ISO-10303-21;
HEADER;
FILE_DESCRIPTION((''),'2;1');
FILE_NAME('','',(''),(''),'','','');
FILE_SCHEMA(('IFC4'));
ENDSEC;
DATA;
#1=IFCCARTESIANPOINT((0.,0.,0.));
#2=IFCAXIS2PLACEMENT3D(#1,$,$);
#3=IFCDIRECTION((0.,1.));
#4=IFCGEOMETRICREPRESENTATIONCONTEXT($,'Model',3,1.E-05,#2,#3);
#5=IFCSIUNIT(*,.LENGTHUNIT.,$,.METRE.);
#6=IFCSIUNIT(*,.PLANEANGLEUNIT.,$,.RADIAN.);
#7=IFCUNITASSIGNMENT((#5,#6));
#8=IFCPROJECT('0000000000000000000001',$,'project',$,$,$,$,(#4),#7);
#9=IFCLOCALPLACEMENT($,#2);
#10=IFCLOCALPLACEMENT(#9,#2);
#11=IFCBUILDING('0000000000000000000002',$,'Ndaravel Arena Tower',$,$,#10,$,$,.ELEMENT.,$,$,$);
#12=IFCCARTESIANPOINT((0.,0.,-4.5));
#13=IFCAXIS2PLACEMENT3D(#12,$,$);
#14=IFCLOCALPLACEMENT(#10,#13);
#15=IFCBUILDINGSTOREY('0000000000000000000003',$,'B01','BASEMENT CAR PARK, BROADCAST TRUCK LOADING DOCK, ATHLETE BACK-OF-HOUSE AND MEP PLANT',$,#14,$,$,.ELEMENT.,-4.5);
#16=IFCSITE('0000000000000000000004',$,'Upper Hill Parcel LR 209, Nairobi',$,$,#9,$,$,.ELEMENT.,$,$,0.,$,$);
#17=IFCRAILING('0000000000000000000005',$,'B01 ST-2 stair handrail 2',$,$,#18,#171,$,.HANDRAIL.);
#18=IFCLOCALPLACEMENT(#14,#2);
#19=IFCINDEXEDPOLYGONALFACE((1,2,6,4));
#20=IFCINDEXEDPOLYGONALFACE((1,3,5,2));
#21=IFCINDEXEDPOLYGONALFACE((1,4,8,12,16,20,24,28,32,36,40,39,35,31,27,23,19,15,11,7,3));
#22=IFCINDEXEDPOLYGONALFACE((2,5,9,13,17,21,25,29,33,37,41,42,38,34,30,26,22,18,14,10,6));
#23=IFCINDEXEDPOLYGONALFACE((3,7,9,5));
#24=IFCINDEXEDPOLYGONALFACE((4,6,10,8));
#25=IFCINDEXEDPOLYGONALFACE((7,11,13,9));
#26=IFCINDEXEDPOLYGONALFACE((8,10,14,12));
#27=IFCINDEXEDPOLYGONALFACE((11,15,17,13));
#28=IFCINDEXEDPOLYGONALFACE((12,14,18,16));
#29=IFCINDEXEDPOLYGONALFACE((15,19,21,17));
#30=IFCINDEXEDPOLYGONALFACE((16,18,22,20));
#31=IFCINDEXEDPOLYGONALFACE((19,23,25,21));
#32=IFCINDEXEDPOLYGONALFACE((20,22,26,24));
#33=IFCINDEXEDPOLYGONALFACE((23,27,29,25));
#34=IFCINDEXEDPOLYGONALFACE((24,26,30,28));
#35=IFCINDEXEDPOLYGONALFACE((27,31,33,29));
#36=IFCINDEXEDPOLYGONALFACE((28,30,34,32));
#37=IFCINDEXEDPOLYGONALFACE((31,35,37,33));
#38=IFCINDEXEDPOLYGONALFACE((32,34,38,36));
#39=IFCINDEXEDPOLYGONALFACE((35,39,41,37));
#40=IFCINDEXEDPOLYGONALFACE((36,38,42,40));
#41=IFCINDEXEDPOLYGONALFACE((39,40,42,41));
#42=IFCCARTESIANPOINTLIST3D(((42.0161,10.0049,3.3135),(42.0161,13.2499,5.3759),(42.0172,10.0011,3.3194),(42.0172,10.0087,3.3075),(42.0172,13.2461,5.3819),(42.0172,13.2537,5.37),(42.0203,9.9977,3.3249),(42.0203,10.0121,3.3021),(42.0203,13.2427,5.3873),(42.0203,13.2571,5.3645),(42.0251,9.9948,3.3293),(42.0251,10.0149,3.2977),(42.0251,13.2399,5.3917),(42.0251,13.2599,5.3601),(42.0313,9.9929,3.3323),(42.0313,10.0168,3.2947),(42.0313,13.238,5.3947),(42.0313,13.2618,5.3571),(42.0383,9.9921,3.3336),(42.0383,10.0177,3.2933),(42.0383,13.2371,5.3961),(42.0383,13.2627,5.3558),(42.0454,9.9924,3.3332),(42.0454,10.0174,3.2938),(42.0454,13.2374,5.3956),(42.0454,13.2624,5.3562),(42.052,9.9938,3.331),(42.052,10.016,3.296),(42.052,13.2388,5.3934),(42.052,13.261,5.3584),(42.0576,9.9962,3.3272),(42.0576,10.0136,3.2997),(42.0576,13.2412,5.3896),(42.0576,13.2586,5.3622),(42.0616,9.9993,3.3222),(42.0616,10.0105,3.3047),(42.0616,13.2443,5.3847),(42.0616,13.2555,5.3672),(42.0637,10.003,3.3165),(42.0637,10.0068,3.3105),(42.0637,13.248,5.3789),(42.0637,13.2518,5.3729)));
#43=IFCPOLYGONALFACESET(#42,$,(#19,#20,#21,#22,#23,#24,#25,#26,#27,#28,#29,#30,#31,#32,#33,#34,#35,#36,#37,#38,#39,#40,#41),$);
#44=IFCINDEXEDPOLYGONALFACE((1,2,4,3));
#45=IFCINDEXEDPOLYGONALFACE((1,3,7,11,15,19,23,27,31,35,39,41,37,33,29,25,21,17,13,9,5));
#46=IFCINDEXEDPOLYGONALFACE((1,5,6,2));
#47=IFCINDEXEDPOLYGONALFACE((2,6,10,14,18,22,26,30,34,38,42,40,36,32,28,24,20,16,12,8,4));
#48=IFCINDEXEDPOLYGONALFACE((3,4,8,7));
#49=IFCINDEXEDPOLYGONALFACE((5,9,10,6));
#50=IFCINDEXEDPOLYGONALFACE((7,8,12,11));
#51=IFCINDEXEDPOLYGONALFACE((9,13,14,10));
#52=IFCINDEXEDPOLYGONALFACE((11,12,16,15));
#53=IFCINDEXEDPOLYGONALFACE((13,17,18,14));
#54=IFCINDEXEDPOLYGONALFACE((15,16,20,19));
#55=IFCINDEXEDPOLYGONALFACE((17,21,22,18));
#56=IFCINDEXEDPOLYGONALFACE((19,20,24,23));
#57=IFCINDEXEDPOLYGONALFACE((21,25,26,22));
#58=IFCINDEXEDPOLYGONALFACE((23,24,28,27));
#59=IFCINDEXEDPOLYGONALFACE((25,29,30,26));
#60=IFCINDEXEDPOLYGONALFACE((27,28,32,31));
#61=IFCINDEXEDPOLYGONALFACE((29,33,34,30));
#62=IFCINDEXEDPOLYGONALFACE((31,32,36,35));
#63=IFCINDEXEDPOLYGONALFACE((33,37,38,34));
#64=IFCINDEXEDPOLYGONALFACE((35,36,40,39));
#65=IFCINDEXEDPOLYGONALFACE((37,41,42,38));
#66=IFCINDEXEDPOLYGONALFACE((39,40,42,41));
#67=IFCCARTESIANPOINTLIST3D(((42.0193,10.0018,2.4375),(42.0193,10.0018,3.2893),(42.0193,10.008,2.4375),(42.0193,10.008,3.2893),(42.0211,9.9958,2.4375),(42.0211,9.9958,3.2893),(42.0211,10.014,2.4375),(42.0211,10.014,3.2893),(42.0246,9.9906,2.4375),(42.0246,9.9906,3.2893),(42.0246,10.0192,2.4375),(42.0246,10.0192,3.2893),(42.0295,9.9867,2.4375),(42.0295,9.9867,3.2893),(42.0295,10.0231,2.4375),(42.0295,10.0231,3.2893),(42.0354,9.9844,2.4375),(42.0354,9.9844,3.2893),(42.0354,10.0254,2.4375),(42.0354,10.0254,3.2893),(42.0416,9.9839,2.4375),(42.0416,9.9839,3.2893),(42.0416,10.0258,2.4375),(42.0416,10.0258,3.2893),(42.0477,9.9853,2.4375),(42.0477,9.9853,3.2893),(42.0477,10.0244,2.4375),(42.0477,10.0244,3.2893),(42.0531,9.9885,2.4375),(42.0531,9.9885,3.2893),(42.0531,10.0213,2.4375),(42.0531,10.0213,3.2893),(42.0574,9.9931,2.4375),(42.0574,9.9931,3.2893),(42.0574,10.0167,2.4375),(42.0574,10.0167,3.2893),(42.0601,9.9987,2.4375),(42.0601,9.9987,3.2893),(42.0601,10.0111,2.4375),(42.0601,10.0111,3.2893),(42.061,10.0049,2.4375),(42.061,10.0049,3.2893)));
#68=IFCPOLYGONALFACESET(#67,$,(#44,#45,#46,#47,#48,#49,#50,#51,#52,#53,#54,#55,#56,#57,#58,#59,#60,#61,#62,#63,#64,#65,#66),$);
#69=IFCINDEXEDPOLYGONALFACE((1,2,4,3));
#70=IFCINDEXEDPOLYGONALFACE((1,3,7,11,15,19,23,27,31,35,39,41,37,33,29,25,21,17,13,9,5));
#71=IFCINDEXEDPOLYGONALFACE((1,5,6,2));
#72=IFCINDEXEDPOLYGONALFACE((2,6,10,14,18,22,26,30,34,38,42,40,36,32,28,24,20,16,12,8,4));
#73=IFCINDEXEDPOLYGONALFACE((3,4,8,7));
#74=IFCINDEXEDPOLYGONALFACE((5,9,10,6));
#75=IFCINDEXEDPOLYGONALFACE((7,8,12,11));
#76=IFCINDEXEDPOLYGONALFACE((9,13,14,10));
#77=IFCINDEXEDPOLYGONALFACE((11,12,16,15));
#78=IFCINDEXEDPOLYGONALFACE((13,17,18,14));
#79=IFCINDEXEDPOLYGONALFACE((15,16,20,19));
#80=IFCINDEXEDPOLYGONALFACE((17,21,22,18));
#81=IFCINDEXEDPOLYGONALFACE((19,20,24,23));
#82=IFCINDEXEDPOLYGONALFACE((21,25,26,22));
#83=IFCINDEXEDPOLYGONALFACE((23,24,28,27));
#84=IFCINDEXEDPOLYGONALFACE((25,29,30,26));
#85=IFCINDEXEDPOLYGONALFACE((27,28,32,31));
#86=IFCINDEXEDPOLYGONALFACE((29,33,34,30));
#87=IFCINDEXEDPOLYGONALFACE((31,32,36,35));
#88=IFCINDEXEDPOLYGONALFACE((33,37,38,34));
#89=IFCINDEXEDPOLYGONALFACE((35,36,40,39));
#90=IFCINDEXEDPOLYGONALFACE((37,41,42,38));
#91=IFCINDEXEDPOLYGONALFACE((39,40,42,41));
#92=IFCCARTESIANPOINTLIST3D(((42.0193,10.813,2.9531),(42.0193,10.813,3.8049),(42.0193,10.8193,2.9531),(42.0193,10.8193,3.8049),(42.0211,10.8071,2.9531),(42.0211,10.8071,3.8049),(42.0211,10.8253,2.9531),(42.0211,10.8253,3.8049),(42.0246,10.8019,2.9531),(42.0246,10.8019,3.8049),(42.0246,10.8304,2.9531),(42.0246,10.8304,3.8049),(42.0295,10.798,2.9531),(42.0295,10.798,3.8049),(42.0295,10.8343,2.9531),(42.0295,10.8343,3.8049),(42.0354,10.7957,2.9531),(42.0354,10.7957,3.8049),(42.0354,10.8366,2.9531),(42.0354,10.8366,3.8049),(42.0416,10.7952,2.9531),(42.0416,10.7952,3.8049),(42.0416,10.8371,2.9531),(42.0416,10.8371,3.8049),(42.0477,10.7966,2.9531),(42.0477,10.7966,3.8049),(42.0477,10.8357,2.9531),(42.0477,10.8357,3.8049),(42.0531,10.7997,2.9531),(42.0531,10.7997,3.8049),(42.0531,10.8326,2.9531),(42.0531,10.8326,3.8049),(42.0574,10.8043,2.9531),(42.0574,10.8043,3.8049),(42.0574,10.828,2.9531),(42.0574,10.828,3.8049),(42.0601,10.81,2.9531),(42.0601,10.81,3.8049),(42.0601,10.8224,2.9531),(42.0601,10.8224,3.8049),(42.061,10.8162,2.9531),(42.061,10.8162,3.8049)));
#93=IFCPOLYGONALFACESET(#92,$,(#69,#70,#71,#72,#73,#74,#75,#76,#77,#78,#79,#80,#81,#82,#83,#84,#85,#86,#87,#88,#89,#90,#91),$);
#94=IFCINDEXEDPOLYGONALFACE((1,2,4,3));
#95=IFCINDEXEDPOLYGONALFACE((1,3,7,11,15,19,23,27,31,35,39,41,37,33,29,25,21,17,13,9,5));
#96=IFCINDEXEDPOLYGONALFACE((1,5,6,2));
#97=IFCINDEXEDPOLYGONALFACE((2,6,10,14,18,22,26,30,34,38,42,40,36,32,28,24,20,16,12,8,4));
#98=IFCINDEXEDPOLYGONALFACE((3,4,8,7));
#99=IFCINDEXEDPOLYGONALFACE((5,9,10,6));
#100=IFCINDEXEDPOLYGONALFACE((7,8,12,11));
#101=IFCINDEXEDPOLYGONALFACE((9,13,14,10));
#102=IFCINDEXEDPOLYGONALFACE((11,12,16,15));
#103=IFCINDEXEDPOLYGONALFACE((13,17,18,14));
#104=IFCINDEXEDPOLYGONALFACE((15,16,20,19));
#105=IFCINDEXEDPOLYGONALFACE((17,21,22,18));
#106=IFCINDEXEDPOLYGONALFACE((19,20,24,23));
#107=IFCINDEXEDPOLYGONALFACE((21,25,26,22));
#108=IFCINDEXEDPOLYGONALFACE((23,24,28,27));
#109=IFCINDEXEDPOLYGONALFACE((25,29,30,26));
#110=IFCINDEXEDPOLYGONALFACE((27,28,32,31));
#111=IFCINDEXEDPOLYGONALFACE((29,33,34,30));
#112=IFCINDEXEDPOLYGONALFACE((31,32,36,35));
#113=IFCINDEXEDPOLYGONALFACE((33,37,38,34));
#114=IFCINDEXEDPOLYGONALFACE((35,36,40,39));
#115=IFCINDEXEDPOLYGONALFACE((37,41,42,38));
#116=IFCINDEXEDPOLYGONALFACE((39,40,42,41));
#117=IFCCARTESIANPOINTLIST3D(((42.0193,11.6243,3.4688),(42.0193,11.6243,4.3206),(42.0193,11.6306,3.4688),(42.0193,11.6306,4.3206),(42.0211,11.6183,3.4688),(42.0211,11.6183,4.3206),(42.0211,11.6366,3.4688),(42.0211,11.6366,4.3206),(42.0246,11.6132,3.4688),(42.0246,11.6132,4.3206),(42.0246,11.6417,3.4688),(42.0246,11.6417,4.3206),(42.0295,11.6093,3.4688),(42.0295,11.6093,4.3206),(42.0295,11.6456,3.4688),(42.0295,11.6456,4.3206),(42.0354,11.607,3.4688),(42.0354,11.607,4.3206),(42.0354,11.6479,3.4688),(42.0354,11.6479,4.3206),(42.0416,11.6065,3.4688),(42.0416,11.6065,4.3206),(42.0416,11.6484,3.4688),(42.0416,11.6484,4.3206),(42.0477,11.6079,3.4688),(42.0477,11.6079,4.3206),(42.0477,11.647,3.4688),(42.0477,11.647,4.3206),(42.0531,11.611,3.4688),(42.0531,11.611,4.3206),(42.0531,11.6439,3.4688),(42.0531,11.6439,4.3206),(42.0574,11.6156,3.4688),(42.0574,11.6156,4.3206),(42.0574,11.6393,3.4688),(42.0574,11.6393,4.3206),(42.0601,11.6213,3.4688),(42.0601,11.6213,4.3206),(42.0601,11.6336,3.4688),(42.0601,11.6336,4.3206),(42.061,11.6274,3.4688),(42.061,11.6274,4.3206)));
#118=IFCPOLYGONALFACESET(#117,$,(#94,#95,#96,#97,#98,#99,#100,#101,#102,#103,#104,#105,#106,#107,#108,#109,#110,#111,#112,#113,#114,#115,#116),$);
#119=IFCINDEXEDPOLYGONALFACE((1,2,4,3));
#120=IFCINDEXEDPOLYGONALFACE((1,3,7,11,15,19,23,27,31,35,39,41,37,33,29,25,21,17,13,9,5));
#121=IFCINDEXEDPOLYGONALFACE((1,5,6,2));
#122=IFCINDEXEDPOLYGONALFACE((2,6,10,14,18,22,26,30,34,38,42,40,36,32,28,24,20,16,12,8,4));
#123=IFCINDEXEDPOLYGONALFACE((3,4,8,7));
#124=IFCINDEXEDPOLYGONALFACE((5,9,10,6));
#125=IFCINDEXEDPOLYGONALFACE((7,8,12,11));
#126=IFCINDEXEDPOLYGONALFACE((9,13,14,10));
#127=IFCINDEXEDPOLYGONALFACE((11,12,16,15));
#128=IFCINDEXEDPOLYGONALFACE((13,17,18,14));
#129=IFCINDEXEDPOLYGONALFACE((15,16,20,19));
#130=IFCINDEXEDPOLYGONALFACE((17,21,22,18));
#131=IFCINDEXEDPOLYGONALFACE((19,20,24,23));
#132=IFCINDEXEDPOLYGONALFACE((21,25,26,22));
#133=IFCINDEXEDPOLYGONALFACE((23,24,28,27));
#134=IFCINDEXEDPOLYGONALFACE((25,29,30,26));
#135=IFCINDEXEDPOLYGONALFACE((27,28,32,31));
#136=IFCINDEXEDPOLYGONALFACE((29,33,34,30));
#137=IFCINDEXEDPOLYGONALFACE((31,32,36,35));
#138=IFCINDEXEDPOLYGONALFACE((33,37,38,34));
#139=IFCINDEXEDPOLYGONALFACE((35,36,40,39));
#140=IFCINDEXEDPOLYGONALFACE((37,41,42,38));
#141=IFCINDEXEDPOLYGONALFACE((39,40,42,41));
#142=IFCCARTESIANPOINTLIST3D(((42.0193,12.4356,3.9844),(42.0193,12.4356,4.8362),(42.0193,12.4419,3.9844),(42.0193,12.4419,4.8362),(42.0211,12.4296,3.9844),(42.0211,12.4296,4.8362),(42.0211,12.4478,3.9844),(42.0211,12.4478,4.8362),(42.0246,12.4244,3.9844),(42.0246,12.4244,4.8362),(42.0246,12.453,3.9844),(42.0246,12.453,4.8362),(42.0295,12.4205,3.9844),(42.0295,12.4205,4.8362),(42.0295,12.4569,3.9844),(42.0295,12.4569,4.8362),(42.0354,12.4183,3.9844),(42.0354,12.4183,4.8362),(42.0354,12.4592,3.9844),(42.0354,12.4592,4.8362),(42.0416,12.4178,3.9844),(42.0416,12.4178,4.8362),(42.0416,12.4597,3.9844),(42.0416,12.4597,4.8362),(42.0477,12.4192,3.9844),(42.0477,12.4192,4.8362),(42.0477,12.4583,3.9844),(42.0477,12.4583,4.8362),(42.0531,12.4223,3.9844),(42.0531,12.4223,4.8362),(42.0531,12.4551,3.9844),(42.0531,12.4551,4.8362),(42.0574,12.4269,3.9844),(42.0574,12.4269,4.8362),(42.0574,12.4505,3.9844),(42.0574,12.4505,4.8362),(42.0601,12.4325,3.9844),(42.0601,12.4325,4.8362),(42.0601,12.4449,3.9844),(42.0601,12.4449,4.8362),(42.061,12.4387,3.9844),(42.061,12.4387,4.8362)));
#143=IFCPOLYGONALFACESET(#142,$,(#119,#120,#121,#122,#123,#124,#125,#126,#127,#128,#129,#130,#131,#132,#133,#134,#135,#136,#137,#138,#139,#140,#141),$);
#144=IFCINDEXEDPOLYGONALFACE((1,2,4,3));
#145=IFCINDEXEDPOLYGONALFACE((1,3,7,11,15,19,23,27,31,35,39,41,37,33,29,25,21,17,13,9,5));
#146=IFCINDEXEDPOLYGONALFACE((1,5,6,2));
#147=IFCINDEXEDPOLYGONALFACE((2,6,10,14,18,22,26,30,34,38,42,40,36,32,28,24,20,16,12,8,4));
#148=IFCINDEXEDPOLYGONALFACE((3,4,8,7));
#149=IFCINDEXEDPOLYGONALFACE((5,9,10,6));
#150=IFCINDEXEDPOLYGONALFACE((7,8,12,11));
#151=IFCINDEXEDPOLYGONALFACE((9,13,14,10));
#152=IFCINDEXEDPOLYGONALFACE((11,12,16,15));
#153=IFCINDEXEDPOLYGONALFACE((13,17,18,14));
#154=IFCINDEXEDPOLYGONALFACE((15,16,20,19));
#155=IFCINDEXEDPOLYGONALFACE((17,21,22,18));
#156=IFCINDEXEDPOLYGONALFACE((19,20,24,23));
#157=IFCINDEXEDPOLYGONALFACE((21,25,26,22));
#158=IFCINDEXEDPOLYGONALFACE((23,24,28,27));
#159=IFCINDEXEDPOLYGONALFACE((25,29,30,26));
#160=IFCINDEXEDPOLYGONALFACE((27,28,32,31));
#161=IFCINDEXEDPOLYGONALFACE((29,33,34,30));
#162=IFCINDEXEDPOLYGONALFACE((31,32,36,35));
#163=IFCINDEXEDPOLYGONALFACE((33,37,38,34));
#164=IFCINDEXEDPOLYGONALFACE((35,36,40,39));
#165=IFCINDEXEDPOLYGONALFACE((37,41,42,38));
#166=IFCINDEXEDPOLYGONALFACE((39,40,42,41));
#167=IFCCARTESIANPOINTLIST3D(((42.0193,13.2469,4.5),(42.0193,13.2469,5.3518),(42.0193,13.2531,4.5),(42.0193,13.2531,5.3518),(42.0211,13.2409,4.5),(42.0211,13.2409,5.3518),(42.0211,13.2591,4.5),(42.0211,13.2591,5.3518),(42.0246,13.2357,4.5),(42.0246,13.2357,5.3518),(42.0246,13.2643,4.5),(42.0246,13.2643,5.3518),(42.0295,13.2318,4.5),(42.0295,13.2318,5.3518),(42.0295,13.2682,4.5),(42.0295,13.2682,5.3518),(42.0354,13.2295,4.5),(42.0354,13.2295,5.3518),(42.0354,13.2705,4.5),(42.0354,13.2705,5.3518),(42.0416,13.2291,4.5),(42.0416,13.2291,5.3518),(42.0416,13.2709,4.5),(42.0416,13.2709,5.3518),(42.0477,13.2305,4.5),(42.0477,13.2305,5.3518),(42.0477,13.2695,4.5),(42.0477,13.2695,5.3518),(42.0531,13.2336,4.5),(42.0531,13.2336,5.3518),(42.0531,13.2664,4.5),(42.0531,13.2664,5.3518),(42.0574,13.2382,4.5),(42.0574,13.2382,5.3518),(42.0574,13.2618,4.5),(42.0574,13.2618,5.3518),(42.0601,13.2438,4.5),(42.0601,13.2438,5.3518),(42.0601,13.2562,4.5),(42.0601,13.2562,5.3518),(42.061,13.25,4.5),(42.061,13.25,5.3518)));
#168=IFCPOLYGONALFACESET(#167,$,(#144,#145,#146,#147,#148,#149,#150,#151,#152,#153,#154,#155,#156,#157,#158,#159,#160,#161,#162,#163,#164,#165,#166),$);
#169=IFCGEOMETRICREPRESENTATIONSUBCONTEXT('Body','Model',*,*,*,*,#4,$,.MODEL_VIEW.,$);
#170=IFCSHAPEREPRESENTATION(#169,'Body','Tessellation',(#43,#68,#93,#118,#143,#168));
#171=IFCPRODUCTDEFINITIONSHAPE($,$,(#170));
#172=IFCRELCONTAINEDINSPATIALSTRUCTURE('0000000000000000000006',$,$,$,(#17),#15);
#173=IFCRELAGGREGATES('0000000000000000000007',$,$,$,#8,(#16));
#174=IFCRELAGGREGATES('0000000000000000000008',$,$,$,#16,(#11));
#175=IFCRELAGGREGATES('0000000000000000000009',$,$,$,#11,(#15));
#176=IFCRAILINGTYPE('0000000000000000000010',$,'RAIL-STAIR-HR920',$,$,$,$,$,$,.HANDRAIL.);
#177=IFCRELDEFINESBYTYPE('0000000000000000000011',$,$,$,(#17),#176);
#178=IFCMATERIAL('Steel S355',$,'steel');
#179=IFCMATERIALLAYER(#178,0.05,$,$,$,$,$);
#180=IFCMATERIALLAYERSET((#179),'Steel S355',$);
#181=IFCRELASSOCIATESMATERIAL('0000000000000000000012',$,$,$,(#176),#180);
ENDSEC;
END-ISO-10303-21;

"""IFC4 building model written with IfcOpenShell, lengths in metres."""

from ifc_helpers import new_model, si_unit, direction, frame, origin, origin_2d, place, context, subcontext, project, spatial, circle, extrude, material, layer, layer_set, type_object, element, save


model = new_model("IFC4")

# Units and contexts
model_context = context("Model", 3, precision=1e-05, world=origin(), true_north=direction((0.0, 1.0)))
body_context = subcontext(model_context, "Body", "Model", "MODEL_VIEW")
ifc_project = project(units=[si_unit("LENGTHUNIT", "METRE"), si_unit("PLANEANGLEUNIT", "RADIAN")], contexts=[model_context])

# Site, building, storey
site_placement = place(None, origin())
site = spatial("IfcSite", under=ifc_project, at=site_placement, Name="Upper Hill Parcel LR 209, Nairobi", CompositionType="ELEMENT", RefElevation=0.0)
building_placement = place(site_placement, origin())
building = spatial("IfcBuilding", under=site, at=building_placement, Name="Ndaravel Arena Tower", CompositionType="ELEMENT")
storey_placement = place(building_placement, frame((0.0, 0.0, -4.5)))
storey = spatial("IfcBuildingStorey", under=building, at=storey_placement, Name="B01", Description="BASEMENT CAR PARK, BROADCAST TRUCK LOADING DOCK, ATHLETE BACK-OF-HOUSE AND MEP PLANT", CompositionType="ELEMENT", Elevation=-4.5)

# Railing
ifc_material_1 = material(Name="Steel S355", Category="steel")
ifc_layer_1 = layer(ifc_material_1, 0.05)
ifc_layer_set_1 = layer_set([ifc_layer_1], Name="Steel S355")
railing_type_1 = type_object("IfcRailingType", Name="RAIL-STAIR-HR920", PredefinedType="HANDRAIL", material=ifc_layer_set_1)
railing_1_placement = place(storey_placement, frame((42.04, 10.0049, 2.4375)))
element("IfcRailing", 1, at=railing_1_placement, inside=storey, type_object=railing_type_1, Name="B01 ST-2 stair handrail 2", PredefinedType="HANDRAIL", context=body_context, shape_type="SweptSolid", body=[
    extrude(circle(Radius=0.0239, at=origin_2d()), frame((0.0, 0.0, 0.876), z_axis=(0.0, 0.843965, 0.536399), x_axis=(-1.0, 0.0, 0.0)), (0.0, 0.0, 1.0), 3.845),
    extrude(circle(Radius=0.021, at=origin_2d()), origin(), (0.0, 0.0, 1.0), 0.8518),
    extrude(circle(Radius=0.021, at=origin_2d()), frame((0.0, 0.8113, 0.5156)), (0.0, 0.0, 1.0), 0.8518),
    extrude(circle(Radius=0.021, at=origin_2d()), frame((0.0, 1.6226, 1.0312)), (0.0, 0.0, 1.0), 0.8518),
    extrude(circle(Radius=0.021, at=origin_2d()), frame((0.0, 2.4338, 1.5469)), (0.0, 0.0, 1.0), 0.8518),
    extrude(circle(Radius=0.021, at=origin_2d()), frame((0.0, 3.2451, 2.0625)), (0.0, 0.0, 1.0), 0.8518),
])

save(model, "model.ifc")
